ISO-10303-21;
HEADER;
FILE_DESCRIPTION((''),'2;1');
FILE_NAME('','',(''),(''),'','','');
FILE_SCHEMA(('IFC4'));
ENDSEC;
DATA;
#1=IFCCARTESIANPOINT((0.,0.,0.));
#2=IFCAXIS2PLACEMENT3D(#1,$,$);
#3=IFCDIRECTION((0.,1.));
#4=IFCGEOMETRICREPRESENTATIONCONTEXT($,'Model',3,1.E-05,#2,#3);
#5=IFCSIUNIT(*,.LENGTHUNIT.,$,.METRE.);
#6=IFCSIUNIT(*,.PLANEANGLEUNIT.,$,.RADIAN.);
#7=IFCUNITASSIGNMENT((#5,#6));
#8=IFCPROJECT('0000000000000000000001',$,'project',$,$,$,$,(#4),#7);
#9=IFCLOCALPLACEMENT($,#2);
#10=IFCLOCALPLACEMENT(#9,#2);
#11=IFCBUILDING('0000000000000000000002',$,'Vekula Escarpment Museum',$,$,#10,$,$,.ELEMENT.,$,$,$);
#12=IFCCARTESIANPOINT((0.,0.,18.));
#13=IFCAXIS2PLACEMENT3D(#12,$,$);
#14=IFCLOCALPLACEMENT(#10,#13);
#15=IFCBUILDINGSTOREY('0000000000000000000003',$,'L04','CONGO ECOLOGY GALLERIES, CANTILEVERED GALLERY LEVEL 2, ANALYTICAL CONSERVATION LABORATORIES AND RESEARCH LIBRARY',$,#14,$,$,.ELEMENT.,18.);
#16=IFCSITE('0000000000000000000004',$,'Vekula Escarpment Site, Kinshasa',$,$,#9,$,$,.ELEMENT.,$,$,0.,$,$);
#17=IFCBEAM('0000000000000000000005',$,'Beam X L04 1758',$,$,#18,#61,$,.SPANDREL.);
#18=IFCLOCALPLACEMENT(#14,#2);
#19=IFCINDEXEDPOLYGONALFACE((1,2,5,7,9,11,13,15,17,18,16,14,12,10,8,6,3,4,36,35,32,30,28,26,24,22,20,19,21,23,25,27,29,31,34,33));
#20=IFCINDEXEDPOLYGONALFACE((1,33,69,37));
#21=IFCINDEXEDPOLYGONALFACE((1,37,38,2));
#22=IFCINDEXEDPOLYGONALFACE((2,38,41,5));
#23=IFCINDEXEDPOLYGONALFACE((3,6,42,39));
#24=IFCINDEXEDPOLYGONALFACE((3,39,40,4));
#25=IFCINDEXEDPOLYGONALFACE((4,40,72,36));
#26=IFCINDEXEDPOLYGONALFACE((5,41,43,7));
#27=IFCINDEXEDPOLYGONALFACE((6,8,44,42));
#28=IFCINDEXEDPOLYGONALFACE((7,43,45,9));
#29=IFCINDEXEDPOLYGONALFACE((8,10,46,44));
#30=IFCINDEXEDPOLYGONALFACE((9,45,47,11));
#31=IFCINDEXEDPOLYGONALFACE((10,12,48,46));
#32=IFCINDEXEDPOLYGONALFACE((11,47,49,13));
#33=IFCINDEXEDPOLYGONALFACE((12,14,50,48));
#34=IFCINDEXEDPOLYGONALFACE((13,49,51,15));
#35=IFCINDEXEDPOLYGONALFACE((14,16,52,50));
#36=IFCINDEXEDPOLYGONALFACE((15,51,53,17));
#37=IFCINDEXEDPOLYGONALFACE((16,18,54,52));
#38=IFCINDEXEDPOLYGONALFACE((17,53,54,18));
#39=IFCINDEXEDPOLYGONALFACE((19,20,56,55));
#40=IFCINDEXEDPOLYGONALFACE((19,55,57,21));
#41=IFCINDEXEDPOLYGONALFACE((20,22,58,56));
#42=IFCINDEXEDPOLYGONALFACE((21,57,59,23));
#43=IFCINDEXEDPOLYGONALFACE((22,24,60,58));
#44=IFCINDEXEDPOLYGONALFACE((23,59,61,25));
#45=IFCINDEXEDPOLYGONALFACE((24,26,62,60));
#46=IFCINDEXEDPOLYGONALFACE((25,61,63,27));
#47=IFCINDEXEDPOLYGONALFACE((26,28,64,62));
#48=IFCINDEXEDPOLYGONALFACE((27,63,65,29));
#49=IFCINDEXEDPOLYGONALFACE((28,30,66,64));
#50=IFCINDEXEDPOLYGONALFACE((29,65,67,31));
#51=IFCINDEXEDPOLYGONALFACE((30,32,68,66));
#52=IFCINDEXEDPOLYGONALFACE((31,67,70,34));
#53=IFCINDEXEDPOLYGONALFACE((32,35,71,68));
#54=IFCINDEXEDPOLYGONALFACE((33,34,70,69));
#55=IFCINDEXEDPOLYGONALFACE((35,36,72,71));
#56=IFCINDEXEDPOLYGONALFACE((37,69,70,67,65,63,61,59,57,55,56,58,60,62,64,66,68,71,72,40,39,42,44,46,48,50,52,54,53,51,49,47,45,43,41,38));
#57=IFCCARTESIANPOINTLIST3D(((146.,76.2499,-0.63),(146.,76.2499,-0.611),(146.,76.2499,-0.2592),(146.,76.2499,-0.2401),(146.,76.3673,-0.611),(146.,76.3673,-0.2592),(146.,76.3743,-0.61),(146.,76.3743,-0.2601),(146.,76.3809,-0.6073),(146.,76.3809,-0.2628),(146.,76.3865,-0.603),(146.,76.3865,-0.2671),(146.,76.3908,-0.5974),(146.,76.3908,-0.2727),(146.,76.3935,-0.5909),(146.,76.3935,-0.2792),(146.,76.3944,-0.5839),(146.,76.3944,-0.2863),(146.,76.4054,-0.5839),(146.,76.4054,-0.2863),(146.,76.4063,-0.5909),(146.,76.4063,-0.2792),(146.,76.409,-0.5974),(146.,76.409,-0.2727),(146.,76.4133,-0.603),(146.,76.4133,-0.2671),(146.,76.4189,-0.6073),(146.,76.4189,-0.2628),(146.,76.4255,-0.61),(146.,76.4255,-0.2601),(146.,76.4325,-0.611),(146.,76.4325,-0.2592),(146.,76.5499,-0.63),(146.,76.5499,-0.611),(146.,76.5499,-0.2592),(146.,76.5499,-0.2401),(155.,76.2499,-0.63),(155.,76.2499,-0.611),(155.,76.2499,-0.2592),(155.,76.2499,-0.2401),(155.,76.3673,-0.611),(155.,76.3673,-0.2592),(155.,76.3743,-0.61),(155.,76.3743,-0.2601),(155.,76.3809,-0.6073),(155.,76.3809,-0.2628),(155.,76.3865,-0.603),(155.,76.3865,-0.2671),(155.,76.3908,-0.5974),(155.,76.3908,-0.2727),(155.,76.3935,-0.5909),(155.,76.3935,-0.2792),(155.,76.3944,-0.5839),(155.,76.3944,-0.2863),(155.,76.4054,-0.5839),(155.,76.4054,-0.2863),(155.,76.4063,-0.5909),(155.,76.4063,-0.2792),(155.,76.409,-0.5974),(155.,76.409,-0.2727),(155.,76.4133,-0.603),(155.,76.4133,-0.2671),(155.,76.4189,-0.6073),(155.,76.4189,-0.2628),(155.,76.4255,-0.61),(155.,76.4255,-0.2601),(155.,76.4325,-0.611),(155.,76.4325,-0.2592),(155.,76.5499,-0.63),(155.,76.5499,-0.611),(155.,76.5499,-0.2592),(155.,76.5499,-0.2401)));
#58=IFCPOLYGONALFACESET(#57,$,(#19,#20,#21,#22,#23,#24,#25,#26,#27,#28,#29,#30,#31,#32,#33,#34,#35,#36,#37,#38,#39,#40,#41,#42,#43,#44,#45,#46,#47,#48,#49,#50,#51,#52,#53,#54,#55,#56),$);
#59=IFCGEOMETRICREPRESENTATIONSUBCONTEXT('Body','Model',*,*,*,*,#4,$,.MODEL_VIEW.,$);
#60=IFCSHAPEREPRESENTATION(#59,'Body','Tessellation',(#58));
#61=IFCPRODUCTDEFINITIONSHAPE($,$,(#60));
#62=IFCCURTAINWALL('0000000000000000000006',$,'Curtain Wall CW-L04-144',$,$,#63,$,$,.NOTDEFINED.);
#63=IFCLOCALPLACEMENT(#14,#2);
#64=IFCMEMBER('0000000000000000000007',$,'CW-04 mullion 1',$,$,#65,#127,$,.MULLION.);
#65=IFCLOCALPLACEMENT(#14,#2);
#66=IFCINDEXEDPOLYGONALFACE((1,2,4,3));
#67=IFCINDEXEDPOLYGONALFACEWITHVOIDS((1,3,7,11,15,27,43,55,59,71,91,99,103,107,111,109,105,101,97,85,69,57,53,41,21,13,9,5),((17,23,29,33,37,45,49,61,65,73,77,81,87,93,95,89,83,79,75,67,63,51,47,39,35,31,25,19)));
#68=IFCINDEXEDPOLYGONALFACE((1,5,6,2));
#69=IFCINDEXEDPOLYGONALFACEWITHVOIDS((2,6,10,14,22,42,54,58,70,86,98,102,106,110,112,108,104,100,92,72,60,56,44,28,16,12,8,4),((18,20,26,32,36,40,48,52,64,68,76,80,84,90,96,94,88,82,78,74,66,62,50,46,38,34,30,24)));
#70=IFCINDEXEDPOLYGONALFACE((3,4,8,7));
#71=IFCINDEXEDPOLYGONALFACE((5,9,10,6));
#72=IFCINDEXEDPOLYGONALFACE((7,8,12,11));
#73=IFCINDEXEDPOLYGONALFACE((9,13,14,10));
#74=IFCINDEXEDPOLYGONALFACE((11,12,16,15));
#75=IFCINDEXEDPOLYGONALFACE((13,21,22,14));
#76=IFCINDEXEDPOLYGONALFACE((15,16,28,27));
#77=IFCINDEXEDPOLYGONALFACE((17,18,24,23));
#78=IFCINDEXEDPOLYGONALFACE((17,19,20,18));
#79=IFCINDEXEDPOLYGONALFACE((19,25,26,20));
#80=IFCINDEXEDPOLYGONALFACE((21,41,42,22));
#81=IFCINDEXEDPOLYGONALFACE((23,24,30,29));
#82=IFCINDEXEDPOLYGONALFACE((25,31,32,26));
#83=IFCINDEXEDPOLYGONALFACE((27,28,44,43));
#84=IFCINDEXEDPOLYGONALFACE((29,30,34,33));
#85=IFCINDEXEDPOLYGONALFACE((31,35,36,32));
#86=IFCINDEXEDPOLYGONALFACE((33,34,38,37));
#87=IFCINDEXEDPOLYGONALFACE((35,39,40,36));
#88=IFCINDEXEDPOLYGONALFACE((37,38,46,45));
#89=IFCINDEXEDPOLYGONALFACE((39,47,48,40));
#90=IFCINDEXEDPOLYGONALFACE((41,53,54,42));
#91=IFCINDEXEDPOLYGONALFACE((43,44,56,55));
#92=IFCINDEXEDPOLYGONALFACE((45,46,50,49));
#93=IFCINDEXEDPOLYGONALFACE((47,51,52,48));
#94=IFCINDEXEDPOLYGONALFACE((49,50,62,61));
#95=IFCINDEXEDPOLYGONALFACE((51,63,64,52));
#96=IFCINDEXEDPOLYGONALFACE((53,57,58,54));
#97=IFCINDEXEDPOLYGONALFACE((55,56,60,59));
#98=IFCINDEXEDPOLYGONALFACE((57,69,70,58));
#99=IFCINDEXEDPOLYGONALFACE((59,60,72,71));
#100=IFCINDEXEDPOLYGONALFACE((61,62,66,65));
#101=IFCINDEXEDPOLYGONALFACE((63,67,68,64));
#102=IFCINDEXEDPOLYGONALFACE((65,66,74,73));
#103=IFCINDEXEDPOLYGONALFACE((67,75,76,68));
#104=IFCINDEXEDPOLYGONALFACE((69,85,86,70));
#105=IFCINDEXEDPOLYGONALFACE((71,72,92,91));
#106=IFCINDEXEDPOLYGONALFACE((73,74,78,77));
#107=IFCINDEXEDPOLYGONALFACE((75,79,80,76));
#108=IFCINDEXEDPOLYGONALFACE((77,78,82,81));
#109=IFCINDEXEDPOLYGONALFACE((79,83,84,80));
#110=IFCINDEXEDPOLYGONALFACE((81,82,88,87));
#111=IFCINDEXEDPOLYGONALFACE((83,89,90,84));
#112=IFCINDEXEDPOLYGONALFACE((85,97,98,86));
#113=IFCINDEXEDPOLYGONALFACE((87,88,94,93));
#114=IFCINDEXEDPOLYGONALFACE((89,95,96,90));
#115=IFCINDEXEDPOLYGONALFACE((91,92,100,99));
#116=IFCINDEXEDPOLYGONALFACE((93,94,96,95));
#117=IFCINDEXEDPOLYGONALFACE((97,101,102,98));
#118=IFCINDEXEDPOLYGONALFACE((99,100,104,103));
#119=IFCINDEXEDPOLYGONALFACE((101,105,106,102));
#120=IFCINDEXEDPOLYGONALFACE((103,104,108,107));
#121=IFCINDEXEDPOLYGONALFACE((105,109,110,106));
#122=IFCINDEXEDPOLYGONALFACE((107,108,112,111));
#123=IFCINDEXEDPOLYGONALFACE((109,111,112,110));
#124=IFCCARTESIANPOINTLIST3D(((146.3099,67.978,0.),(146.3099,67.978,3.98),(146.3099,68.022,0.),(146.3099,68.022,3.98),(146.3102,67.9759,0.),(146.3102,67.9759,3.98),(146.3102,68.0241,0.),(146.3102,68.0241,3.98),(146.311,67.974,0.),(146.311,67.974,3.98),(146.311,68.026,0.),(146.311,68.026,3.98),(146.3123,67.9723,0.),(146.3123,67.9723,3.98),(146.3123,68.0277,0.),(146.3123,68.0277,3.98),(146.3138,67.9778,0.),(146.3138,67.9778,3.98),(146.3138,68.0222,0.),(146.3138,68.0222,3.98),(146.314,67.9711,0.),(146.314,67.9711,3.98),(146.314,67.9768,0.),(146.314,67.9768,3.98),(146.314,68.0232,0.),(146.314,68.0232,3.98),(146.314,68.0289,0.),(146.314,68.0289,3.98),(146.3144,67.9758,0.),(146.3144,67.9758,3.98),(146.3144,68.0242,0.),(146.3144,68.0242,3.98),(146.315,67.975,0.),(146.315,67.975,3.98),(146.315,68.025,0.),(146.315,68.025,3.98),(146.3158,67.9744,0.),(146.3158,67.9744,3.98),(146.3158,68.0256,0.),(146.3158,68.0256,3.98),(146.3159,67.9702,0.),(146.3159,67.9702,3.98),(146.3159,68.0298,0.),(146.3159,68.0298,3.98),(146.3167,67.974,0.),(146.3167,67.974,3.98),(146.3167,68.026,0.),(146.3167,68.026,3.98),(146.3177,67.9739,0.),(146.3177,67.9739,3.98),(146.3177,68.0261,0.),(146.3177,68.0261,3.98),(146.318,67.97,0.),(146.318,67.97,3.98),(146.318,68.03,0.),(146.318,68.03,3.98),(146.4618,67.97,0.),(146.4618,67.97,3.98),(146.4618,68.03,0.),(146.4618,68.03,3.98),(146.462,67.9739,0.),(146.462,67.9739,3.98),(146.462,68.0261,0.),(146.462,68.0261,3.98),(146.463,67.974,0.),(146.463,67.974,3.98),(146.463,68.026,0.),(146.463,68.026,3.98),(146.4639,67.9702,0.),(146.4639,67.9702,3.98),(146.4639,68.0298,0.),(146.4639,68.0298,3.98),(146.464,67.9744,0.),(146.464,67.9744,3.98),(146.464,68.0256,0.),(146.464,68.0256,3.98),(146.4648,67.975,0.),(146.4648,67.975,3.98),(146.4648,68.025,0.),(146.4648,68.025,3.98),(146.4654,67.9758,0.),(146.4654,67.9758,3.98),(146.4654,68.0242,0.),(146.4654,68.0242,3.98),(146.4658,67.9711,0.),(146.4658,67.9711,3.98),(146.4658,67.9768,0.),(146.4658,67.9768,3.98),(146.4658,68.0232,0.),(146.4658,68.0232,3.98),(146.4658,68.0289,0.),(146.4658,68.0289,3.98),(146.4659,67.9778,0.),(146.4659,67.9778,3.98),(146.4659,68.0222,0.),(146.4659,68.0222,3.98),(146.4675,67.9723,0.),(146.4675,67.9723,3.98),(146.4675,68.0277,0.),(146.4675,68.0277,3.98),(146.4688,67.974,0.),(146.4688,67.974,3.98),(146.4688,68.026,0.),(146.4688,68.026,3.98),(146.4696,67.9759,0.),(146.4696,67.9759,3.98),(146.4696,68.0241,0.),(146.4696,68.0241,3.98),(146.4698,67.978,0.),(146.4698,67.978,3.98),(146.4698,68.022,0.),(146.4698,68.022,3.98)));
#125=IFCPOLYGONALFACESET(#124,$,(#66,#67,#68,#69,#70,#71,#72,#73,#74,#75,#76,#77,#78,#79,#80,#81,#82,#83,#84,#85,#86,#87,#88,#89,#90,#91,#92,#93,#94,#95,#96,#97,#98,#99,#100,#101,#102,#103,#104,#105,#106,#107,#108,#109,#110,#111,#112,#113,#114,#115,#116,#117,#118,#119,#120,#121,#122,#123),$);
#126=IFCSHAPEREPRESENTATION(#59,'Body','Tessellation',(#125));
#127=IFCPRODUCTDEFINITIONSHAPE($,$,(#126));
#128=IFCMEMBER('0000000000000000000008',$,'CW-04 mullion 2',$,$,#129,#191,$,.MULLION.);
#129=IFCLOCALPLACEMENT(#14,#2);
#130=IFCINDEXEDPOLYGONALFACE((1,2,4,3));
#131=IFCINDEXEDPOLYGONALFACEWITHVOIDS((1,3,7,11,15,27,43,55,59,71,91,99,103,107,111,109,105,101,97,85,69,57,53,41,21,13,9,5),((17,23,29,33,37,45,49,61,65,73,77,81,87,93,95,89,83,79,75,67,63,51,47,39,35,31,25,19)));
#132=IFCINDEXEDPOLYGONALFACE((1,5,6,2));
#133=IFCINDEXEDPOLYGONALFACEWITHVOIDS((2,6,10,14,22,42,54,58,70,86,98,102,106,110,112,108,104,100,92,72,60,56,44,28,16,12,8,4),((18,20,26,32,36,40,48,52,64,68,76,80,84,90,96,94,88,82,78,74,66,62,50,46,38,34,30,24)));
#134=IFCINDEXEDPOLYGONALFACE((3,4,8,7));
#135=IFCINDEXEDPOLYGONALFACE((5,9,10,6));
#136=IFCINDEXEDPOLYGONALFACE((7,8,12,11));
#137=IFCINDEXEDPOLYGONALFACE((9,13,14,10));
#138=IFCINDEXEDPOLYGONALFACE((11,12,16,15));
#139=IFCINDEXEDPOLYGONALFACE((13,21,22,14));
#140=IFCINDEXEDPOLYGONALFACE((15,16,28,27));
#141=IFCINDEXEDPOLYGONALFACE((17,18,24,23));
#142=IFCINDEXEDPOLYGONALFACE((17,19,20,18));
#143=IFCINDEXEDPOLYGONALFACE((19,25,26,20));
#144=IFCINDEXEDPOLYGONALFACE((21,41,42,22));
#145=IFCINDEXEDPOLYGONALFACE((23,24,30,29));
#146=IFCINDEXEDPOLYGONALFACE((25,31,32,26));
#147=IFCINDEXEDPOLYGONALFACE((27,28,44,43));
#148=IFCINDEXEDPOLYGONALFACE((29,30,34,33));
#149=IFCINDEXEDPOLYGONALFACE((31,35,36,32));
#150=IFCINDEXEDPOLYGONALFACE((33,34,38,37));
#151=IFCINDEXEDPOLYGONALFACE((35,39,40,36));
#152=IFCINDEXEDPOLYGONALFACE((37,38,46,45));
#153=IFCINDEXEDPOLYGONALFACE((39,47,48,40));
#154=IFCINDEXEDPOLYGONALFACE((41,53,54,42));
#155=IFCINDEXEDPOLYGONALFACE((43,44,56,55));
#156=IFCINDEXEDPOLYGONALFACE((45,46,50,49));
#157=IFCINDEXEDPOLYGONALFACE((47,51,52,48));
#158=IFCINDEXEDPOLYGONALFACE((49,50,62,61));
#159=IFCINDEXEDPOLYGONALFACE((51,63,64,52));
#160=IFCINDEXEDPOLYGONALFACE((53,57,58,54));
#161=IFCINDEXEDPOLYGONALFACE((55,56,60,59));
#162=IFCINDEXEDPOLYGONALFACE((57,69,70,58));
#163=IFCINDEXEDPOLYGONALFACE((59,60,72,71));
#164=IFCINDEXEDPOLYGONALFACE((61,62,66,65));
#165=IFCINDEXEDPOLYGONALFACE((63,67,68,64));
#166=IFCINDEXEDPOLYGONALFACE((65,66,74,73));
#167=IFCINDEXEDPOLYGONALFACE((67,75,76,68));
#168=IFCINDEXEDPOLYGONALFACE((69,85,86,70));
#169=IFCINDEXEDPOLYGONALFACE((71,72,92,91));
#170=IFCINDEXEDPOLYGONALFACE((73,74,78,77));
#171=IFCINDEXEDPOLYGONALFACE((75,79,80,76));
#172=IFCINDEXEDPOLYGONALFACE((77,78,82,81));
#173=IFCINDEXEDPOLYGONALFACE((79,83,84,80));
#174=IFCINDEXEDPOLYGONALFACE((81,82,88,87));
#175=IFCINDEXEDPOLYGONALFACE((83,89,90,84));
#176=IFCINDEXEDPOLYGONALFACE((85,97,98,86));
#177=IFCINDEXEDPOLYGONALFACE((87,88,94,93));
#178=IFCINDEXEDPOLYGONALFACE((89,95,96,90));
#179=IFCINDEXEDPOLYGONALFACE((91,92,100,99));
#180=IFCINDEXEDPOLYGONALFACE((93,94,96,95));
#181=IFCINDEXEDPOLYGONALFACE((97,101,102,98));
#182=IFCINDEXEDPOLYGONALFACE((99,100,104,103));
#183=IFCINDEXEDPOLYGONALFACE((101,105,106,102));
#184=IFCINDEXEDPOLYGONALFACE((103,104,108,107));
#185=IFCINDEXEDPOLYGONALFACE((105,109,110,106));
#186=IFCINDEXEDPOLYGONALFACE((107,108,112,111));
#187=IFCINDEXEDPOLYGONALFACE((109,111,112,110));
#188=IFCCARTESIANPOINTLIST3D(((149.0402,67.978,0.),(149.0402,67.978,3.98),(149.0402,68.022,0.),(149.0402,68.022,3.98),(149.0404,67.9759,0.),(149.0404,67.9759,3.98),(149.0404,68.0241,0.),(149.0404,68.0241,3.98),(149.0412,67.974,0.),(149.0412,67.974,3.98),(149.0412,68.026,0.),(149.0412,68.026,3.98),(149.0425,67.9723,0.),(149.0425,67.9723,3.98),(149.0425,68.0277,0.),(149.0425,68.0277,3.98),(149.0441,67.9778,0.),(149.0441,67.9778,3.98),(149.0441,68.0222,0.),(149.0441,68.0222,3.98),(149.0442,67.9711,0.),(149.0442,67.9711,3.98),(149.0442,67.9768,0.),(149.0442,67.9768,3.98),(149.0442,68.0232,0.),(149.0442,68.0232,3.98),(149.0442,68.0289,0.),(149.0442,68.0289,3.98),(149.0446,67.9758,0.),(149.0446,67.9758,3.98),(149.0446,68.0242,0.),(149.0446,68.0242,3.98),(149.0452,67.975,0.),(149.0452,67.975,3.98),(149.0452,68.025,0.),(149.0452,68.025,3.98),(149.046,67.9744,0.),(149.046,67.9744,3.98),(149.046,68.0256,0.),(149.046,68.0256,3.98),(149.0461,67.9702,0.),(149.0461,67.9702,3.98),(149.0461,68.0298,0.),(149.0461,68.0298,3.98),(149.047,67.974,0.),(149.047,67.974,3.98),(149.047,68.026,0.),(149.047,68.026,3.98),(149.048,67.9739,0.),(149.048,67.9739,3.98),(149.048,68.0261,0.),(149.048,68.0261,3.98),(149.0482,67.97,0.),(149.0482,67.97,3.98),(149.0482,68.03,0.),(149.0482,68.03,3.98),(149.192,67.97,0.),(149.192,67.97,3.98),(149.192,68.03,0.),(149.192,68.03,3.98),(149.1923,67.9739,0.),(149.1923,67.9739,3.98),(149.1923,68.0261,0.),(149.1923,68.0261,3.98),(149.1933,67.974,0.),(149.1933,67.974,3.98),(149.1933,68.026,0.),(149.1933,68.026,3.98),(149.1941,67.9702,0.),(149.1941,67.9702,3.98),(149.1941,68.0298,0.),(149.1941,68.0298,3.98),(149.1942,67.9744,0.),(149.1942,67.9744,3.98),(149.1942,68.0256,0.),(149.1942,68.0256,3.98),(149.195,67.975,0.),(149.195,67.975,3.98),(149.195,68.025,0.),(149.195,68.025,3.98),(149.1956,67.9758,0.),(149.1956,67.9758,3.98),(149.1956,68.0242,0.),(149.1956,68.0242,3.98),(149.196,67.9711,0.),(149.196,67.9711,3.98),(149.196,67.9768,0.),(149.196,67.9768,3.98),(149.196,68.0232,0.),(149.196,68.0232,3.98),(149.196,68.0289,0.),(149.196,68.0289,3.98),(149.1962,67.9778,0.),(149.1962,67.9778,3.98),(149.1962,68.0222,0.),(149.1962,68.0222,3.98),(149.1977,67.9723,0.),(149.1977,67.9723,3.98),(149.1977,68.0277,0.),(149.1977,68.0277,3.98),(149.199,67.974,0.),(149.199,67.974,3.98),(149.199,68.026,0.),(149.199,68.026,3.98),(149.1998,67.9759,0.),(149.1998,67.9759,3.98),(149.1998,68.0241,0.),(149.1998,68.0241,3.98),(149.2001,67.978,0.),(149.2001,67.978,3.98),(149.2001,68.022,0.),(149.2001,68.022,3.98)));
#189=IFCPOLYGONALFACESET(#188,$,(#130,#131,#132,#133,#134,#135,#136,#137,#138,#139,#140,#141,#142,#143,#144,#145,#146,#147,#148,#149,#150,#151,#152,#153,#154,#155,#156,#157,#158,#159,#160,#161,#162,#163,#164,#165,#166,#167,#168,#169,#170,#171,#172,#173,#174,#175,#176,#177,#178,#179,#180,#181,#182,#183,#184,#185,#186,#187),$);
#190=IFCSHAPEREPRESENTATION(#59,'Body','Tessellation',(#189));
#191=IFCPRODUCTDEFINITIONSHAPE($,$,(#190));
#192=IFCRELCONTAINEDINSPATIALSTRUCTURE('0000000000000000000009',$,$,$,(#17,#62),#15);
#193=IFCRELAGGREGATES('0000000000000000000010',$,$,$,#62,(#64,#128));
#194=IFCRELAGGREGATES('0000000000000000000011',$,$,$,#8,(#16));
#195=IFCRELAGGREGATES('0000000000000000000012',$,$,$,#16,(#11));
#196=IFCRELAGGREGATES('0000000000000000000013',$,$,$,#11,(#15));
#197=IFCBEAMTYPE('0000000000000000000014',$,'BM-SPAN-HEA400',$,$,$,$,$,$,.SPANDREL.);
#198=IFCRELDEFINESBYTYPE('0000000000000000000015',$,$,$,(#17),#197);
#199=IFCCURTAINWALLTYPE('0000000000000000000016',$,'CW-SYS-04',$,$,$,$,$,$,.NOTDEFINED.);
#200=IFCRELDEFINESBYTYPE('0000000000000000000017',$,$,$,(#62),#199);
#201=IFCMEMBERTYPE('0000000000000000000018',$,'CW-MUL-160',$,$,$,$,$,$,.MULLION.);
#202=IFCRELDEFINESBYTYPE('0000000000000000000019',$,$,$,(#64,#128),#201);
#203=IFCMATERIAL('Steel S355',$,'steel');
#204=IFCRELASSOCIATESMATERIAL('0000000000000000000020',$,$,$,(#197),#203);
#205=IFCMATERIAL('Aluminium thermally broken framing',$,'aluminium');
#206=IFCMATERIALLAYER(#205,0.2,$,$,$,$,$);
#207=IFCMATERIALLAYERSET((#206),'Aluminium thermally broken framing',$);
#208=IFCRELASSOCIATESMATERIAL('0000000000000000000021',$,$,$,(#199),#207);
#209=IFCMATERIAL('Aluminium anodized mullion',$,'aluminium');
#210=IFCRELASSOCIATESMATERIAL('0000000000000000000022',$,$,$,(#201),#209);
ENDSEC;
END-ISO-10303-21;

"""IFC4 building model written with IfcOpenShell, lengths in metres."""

from ifc_helpers import new_model, si_unit, direction, frame, origin, origin_2d, place, context, subcontext, project, spatial, hollow_rectangle, i_section, extrude, material, layer, layer_set, material_profile, profile_set, type_object, element, aggregate, save


model = new_model("IFC4")

# Units and contexts
model_context = context("Model", 3, precision=1e-05, world=origin(), true_north=direction((0.0, 1.0)))
body_context = subcontext(model_context, "Body", "Model", "MODEL_VIEW")
ifc_project = project(units=[si_unit("LENGTHUNIT", "METRE"), si_unit("PLANEANGLEUNIT", "RADIAN")], contexts=[model_context])

# Site, building, storey
site_placement = place(None, origin())
site = spatial("IfcSite", under=ifc_project, at=site_placement, Name="Vekula Escarpment Site, Kinshasa", CompositionType="ELEMENT", RefElevation=0.0)
building_placement = place(site_placement, origin())
building = spatial("IfcBuilding", under=site, at=building_placement, Name="Vekula Escarpment Museum", CompositionType="ELEMENT")
storey_placement = place(building_placement, frame((0.0, 0.0, 18.0)))
storey = spatial("IfcBuildingStorey", under=building, at=storey_placement, Name="L04", Description="CONGO ECOLOGY GALLERIES, CANTILEVERED GALLERY LEVEL 2, ANALYTICAL CONSERVATION LABORATORIES AND RESEARCH LIBRARY", CompositionType="ELEMENT", Elevation=18.0)

# Beam
ifc_material_1 = material(Name="Steel S355", Category="steel")
ifc_material_profile_1 = material_profile(ifc_material_1, i_section(OverallWidth=0.3, OverallDepth=0.3899, WebThickness=0.011, FlangeThickness=0.019, FilletRadius=0.0271, at=origin_2d()), Name="HEA 400")
ifc_profile_set_1 = profile_set([ifc_material_profile_1], Name="Steel S355")
beam_type_1 = type_object("IfcBeamType", Name="BM-SPAN-HEA400", PredefinedType="SPANDREL", material=ifc_profile_set_1)
beam_1_placement = place(storey_placement, frame((146.0, 76.3999, -0.4351), z_axis=(1.0, 0.0, 0.0), x_axis=(0.0, 1.0, 0.0)))
element("IfcBeam", 1, at=beam_1_placement, inside=storey, type_object=beam_type_1, Name="Beam X L04 1758", PredefinedType="SPANDREL", context=body_context, shape_type="SweptSolid", body=[
    extrude(i_section(OverallWidth=0.3, OverallDepth=0.3899, WebThickness=0.011, FlangeThickness=0.019, FilletRadius=0.0271, at=origin_2d()), origin(), (0.0, 0.0, 1.0), 9.0),
])

# Curtain wall, members
ifc_material_2 = material(Name="Aluminium thermally broken framing", Category="aluminium")
ifc_layer_1 = layer(ifc_material_2, 0.2)
ifc_layer_set_1 = layer_set([ifc_layer_1], Name="Aluminium thermally broken framing")
curtain_wall_type_1 = type_object("IfcCurtainWallType", Name="CW-SYS-04", PredefinedType="NOTDEFINED", material=ifc_layer_set_1)
curtain_wall_1_placement = place(storey_placement, origin())
curtain_wall_1 = element("IfcCurtainWall", 2, at=curtain_wall_1_placement, inside=storey, type_object=curtain_wall_type_1, Name="Curtain Wall CW-L04-144", PredefinedType="NOTDEFINED")
ifc_material_3 = material(Name="Aluminium anodized mullion", Category="aluminium")
ifc_material_profile_2 = material_profile(ifc_material_3, hollow_rectangle(XDim=0.0601, YDim=0.1599, WallThickness=0.0039, InnerFilletRadius=0.0039, OuterFilletRadius=0.0081, at=origin_2d()), Name="ALU 160x60x4")
ifc_profile_set_2 = profile_set([ifc_material_profile_2], Name="Aluminium anodized mullion")
member_type_1 = type_object("IfcMemberType", Name="CW-MUL-160", PredefinedType="MULLION", material=ifc_profile_set_2)
member_1_placement = place(storey_placement, frame((146.3899, 68.0, 0.0), z_axis=(0.0, 0.0, 1.0), x_axis=(0.0, 1.0, 0.0)))
member_1 = element("IfcMember", 3, at=member_1_placement, type_object=member_type_1, Name="CW-04 mullion 1", PredefinedType="MULLION", context=body_context, shape_type="SweptSolid", body=[
    extrude(hollow_rectangle(XDim=0.0601, YDim=0.1599, WallThickness=0.0039, InnerFilletRadius=0.0039, OuterFilletRadius=0.0081, at=origin_2d()), origin(), (0.0, 0.0, 1.0), 3.98),
])
member_2_placement = place(storey_placement, frame((149.1201, 68.0, 0.0), z_axis=(0.0, 0.0, 1.0), x_axis=(0.0, 1.0, 0.0)))
member_2 = element("IfcMember", 4, at=member_2_placement, type_object=member_type_1, Name="CW-04 mullion 2", PredefinedType="MULLION", context=body_context, shape_type="SweptSolid", body=[
    extrude(hollow_rectangle(XDim=0.0601, YDim=0.1599, WallThickness=0.0039, InnerFilletRadius=0.0039, OuterFilletRadius=0.0081, at=origin_2d()), origin(), (0.0, 0.0, 1.0), 3.98),
])

aggregate(curtain_wall_1, [member_1, member_2])

save(model, "model.ifc")
